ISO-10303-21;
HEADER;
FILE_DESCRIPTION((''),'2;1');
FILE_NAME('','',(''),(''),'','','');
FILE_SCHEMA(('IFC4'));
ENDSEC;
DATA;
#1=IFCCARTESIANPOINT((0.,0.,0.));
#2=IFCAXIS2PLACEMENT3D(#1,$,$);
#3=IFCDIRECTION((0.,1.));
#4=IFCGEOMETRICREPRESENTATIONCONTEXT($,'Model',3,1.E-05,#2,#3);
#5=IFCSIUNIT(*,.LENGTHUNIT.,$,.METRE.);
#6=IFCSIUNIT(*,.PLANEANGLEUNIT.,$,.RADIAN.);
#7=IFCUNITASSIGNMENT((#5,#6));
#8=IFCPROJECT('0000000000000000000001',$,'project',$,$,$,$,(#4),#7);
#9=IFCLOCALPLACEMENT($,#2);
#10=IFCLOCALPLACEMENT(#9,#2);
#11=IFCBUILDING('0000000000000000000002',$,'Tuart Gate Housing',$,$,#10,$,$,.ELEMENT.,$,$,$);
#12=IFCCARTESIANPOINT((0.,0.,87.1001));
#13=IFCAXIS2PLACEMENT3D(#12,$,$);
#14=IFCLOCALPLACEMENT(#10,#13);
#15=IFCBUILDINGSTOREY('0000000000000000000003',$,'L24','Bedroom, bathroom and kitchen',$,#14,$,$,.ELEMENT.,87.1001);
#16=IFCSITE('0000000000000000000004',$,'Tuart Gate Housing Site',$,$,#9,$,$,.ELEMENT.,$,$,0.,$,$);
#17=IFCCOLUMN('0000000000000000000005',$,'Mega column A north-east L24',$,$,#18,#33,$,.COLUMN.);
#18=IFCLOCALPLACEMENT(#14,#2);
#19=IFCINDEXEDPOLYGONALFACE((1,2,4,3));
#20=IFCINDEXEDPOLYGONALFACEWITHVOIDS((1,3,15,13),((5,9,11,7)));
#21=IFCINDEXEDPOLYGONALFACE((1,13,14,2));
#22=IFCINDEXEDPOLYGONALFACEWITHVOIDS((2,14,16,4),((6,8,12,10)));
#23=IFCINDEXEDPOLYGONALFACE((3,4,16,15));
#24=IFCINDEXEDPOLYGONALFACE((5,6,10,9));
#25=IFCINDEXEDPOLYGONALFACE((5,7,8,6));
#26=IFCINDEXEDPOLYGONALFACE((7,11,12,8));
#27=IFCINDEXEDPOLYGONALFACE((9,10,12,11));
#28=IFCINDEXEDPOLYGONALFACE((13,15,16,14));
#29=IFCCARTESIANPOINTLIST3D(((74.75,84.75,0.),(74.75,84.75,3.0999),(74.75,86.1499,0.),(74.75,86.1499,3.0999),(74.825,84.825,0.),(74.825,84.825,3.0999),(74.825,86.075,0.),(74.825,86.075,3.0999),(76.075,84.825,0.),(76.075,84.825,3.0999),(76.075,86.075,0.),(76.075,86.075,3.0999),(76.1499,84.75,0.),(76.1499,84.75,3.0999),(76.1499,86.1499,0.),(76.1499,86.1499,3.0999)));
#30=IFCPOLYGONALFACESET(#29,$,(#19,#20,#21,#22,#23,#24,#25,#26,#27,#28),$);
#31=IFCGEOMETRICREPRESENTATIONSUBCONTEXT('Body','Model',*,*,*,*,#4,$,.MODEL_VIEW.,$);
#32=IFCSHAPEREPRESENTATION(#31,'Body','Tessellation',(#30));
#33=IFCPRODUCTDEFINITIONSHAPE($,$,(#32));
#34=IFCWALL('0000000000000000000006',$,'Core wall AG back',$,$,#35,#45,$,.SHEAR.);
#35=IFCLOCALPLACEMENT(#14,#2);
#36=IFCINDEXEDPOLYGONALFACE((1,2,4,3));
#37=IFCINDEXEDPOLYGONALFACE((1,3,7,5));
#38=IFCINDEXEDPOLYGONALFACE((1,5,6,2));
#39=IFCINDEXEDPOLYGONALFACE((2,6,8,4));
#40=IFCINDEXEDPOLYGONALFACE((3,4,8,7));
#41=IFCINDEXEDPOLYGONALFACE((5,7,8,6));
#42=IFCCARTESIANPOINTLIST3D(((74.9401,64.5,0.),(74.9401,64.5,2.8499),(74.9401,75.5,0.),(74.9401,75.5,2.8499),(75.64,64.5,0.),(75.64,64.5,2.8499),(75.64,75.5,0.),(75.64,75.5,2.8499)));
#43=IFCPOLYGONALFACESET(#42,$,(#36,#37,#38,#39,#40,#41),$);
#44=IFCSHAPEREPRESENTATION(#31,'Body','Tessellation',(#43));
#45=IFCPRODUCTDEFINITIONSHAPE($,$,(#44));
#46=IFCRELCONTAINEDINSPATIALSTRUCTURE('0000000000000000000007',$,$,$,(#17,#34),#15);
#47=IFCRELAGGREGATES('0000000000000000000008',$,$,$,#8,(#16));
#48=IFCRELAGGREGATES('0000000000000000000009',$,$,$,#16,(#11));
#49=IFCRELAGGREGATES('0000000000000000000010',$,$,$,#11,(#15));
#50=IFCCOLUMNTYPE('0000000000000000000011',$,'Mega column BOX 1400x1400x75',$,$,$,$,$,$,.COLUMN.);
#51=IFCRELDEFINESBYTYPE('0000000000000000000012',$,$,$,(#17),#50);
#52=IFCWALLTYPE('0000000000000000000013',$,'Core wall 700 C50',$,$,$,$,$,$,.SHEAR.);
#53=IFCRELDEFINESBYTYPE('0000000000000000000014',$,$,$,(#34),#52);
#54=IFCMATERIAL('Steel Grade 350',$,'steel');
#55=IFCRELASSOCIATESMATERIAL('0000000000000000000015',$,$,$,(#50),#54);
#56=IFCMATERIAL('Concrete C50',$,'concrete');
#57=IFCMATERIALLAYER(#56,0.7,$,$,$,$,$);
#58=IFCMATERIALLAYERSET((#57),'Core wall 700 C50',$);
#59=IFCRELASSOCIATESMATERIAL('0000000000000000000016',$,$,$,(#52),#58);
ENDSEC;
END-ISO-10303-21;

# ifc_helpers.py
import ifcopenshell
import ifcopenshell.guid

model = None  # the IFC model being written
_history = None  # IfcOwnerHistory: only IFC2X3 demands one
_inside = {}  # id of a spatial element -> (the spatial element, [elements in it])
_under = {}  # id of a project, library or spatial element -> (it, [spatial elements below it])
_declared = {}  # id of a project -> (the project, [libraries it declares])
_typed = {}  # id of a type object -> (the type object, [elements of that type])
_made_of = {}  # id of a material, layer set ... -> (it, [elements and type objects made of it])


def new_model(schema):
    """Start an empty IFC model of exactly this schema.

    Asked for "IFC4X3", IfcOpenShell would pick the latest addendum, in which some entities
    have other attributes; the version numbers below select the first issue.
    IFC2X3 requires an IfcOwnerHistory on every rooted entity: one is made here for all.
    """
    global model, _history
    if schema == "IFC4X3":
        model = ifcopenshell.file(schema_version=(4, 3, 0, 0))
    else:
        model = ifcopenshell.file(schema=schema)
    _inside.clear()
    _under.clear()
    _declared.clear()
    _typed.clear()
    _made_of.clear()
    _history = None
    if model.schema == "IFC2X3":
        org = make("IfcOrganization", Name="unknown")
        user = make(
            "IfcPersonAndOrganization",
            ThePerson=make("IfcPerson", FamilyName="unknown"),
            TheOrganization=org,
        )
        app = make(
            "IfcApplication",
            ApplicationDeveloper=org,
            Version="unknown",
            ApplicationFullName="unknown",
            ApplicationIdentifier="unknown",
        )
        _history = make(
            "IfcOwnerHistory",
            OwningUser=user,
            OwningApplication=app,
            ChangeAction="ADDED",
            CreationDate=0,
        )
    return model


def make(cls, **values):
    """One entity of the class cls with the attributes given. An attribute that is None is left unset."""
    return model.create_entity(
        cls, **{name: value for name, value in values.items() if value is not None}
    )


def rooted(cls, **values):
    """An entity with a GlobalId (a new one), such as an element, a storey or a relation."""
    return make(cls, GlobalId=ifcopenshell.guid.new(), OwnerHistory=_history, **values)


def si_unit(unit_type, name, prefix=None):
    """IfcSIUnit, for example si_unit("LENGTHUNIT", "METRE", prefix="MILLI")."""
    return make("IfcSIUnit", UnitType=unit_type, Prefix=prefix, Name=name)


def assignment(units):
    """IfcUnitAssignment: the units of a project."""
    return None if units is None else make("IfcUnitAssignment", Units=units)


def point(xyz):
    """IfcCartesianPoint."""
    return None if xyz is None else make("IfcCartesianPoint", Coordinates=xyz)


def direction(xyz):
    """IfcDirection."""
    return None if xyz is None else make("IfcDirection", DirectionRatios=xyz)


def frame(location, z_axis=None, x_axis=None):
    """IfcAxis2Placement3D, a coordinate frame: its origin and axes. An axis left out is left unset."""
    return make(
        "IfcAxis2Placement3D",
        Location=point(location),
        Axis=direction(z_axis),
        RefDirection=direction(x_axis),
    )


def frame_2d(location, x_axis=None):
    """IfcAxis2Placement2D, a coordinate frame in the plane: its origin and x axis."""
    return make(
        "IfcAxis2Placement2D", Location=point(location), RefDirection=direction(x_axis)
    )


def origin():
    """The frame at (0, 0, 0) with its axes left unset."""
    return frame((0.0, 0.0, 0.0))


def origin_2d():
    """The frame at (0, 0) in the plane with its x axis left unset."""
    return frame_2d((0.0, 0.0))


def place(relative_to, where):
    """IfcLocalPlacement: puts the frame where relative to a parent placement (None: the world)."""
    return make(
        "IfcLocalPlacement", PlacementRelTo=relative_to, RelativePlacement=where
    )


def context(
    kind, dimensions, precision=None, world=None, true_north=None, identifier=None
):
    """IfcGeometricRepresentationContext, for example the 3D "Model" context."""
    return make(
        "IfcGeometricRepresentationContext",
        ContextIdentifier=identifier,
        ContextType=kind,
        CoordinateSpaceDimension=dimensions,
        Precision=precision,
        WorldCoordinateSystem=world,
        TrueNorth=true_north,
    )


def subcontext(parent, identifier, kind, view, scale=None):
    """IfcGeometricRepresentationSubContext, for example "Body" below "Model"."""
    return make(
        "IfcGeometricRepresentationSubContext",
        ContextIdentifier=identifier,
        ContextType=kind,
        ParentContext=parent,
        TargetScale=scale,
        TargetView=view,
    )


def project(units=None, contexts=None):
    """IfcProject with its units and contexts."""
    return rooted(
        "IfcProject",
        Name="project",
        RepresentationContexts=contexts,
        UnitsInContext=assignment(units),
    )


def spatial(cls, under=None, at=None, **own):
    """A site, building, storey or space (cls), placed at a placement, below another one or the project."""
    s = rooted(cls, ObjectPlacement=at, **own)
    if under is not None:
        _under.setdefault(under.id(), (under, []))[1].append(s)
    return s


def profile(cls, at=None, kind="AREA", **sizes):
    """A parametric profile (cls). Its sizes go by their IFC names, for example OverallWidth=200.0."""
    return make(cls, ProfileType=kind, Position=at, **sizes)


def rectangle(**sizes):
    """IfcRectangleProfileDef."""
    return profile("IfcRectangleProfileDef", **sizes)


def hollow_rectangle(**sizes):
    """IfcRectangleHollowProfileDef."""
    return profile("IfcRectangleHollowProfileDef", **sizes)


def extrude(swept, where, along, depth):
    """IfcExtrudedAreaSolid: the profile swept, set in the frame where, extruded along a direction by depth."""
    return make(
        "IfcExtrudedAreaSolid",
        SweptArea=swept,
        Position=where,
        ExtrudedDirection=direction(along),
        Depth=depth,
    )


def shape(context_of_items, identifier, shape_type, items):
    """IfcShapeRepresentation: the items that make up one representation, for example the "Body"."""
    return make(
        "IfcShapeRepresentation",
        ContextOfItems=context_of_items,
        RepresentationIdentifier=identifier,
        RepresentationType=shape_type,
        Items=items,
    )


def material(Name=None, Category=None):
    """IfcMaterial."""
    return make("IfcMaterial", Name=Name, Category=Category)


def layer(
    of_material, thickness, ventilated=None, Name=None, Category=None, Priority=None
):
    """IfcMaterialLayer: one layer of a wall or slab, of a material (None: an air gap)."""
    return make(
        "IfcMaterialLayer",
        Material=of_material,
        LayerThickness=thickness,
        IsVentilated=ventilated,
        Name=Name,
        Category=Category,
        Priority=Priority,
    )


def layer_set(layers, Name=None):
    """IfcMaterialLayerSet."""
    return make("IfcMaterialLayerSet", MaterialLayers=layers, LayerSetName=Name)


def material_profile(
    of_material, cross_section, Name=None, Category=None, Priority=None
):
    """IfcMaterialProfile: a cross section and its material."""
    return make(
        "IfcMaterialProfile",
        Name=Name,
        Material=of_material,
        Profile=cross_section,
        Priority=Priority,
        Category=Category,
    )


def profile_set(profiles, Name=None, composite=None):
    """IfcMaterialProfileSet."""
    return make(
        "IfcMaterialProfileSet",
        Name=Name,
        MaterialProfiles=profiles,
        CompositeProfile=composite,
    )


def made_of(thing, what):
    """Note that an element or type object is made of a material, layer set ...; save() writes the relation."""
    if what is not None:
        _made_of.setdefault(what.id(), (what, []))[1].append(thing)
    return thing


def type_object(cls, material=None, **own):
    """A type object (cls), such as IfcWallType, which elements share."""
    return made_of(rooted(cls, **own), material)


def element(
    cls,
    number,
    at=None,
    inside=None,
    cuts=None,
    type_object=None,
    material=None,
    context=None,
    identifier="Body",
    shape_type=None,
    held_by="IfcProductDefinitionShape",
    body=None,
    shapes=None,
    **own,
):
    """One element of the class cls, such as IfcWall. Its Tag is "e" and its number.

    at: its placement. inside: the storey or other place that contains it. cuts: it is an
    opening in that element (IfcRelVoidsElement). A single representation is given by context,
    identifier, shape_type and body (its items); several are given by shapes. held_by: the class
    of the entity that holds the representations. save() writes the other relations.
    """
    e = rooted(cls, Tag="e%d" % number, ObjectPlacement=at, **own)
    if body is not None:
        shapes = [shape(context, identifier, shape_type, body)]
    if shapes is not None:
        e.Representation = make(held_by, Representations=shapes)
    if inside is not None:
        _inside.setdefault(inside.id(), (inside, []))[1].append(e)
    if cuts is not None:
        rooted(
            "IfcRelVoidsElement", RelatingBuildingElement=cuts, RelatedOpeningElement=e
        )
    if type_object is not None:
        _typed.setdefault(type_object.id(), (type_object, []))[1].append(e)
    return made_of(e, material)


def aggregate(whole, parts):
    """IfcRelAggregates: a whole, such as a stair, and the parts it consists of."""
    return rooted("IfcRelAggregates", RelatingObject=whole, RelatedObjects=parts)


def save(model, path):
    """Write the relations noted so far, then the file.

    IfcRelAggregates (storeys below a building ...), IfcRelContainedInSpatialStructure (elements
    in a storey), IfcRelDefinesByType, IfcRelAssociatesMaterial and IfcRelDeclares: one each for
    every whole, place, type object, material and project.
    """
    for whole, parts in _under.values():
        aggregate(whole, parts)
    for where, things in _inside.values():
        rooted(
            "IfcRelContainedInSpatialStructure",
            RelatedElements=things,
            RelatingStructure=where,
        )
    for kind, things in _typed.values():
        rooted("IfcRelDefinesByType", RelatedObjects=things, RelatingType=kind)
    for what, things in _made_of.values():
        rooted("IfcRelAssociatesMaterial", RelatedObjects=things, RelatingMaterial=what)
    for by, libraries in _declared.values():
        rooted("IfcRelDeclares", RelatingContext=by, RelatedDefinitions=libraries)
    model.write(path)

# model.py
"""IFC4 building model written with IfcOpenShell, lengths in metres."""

from ifc_helpers import new_model, si_unit, direction, frame, frame_2d, origin, origin_2d, place, context, subcontext, project, spatial, rectangle, hollow_rectangle, extrude, material, layer, layer_set, material_profile, profile_set, type_object, element, save


model = new_model("IFC4")

# Units and contexts
model_context = context("Model", 3, precision=1e-05, world=origin(), true_north=direction((0.0, 1.0)))
body_context = subcontext(model_context, "Body", "Model", "MODEL_VIEW")
ifc_project = project(units=[si_unit("LENGTHUNIT", "METRE"), si_unit("PLANEANGLEUNIT", "RADIAN")], contexts=[model_context])

# Site, building, storey
site_placement = place(None, origin())
site = spatial("IfcSite", under=ifc_project, at=site_placement, Name="Tuart Gate Housing Site", CompositionType="ELEMENT", RefElevation=0.0)
building_placement = place(site_placement, origin())
building = spatial("IfcBuilding", under=site, at=building_placement, Name="Tuart Gate Housing", CompositionType="ELEMENT")
storey_placement = place(building_placement, frame((0.0, 0.0, 87.1001)))
storey = spatial("IfcBuildingStorey", under=building, at=storey_placement, Name="L24", Description="Bedroom, bathroom and kitchen", CompositionType="ELEMENT", Elevation=87.1001)

# Column
ifc_material_1 = material(Name="Steel Grade 350", Category="steel")
ifc_material_profile = material_profile(ifc_material_1, hollow_rectangle(XDim=1.3999, YDim=1.3999, WallThickness=0.075, at=origin_2d()), Name="BOX 1400x1400x75")
ifc_profile_set = profile_set([ifc_material_profile], Name="Steel Grade 350")
column_type = type_object("IfcColumnType", Name="Mega column BOX 1400x1400x75", PredefinedType="COLUMN", material=ifc_profile_set)
column_placement = place(storey_placement, frame((75.45, 85.45, 0.0), z_axis=(0.0, 0.0, 1.0), x_axis=(1.0, 0.0, 0.0)))
element("IfcColumn", 1, at=column_placement, inside=storey, type_object=column_type, Name="Mega column A north-east L24", PredefinedType="COLUMN", context=body_context, shape_type="SweptSolid", body=[
    extrude(hollow_rectangle(XDim=1.3999, YDim=1.3999, WallThickness=0.075, at=origin_2d()), origin(), (0.0, 0.0, 1.0), 3.0999),
])

# Wall
ifc_material_2 = material(Name="Concrete C50", Category="concrete")
ifc_layer_1 = layer(ifc_material_2, 0.7)
ifc_layer_set_1 = layer_set([ifc_layer_1], Name="Core wall 700 C50")
wall_type_1 = type_object("IfcWallType", Name="Core wall 700 C50", PredefinedType="SHEAR", material=ifc_layer_set_1)
wall_1_placement = place(storey_placement, frame((75.29, 64.5, 0.0), z_axis=(0.0, 0.0, 1.0), x_axis=(0.0, 1.0, 0.0)))
element("IfcWall", 2, at=wall_1_placement, inside=storey, type_object=wall_type_1, Name="Core wall AG back", PredefinedType="SHEAR", context=body_context, shape_type="SweptSolid", body=[
    extrude(rectangle(XDim=11.0, YDim=0.7, at=frame_2d((5.5, 0.0))), origin(), (0.0, 0.0, 1.0), 2.8499),
])

save(model, "model.ifc")
